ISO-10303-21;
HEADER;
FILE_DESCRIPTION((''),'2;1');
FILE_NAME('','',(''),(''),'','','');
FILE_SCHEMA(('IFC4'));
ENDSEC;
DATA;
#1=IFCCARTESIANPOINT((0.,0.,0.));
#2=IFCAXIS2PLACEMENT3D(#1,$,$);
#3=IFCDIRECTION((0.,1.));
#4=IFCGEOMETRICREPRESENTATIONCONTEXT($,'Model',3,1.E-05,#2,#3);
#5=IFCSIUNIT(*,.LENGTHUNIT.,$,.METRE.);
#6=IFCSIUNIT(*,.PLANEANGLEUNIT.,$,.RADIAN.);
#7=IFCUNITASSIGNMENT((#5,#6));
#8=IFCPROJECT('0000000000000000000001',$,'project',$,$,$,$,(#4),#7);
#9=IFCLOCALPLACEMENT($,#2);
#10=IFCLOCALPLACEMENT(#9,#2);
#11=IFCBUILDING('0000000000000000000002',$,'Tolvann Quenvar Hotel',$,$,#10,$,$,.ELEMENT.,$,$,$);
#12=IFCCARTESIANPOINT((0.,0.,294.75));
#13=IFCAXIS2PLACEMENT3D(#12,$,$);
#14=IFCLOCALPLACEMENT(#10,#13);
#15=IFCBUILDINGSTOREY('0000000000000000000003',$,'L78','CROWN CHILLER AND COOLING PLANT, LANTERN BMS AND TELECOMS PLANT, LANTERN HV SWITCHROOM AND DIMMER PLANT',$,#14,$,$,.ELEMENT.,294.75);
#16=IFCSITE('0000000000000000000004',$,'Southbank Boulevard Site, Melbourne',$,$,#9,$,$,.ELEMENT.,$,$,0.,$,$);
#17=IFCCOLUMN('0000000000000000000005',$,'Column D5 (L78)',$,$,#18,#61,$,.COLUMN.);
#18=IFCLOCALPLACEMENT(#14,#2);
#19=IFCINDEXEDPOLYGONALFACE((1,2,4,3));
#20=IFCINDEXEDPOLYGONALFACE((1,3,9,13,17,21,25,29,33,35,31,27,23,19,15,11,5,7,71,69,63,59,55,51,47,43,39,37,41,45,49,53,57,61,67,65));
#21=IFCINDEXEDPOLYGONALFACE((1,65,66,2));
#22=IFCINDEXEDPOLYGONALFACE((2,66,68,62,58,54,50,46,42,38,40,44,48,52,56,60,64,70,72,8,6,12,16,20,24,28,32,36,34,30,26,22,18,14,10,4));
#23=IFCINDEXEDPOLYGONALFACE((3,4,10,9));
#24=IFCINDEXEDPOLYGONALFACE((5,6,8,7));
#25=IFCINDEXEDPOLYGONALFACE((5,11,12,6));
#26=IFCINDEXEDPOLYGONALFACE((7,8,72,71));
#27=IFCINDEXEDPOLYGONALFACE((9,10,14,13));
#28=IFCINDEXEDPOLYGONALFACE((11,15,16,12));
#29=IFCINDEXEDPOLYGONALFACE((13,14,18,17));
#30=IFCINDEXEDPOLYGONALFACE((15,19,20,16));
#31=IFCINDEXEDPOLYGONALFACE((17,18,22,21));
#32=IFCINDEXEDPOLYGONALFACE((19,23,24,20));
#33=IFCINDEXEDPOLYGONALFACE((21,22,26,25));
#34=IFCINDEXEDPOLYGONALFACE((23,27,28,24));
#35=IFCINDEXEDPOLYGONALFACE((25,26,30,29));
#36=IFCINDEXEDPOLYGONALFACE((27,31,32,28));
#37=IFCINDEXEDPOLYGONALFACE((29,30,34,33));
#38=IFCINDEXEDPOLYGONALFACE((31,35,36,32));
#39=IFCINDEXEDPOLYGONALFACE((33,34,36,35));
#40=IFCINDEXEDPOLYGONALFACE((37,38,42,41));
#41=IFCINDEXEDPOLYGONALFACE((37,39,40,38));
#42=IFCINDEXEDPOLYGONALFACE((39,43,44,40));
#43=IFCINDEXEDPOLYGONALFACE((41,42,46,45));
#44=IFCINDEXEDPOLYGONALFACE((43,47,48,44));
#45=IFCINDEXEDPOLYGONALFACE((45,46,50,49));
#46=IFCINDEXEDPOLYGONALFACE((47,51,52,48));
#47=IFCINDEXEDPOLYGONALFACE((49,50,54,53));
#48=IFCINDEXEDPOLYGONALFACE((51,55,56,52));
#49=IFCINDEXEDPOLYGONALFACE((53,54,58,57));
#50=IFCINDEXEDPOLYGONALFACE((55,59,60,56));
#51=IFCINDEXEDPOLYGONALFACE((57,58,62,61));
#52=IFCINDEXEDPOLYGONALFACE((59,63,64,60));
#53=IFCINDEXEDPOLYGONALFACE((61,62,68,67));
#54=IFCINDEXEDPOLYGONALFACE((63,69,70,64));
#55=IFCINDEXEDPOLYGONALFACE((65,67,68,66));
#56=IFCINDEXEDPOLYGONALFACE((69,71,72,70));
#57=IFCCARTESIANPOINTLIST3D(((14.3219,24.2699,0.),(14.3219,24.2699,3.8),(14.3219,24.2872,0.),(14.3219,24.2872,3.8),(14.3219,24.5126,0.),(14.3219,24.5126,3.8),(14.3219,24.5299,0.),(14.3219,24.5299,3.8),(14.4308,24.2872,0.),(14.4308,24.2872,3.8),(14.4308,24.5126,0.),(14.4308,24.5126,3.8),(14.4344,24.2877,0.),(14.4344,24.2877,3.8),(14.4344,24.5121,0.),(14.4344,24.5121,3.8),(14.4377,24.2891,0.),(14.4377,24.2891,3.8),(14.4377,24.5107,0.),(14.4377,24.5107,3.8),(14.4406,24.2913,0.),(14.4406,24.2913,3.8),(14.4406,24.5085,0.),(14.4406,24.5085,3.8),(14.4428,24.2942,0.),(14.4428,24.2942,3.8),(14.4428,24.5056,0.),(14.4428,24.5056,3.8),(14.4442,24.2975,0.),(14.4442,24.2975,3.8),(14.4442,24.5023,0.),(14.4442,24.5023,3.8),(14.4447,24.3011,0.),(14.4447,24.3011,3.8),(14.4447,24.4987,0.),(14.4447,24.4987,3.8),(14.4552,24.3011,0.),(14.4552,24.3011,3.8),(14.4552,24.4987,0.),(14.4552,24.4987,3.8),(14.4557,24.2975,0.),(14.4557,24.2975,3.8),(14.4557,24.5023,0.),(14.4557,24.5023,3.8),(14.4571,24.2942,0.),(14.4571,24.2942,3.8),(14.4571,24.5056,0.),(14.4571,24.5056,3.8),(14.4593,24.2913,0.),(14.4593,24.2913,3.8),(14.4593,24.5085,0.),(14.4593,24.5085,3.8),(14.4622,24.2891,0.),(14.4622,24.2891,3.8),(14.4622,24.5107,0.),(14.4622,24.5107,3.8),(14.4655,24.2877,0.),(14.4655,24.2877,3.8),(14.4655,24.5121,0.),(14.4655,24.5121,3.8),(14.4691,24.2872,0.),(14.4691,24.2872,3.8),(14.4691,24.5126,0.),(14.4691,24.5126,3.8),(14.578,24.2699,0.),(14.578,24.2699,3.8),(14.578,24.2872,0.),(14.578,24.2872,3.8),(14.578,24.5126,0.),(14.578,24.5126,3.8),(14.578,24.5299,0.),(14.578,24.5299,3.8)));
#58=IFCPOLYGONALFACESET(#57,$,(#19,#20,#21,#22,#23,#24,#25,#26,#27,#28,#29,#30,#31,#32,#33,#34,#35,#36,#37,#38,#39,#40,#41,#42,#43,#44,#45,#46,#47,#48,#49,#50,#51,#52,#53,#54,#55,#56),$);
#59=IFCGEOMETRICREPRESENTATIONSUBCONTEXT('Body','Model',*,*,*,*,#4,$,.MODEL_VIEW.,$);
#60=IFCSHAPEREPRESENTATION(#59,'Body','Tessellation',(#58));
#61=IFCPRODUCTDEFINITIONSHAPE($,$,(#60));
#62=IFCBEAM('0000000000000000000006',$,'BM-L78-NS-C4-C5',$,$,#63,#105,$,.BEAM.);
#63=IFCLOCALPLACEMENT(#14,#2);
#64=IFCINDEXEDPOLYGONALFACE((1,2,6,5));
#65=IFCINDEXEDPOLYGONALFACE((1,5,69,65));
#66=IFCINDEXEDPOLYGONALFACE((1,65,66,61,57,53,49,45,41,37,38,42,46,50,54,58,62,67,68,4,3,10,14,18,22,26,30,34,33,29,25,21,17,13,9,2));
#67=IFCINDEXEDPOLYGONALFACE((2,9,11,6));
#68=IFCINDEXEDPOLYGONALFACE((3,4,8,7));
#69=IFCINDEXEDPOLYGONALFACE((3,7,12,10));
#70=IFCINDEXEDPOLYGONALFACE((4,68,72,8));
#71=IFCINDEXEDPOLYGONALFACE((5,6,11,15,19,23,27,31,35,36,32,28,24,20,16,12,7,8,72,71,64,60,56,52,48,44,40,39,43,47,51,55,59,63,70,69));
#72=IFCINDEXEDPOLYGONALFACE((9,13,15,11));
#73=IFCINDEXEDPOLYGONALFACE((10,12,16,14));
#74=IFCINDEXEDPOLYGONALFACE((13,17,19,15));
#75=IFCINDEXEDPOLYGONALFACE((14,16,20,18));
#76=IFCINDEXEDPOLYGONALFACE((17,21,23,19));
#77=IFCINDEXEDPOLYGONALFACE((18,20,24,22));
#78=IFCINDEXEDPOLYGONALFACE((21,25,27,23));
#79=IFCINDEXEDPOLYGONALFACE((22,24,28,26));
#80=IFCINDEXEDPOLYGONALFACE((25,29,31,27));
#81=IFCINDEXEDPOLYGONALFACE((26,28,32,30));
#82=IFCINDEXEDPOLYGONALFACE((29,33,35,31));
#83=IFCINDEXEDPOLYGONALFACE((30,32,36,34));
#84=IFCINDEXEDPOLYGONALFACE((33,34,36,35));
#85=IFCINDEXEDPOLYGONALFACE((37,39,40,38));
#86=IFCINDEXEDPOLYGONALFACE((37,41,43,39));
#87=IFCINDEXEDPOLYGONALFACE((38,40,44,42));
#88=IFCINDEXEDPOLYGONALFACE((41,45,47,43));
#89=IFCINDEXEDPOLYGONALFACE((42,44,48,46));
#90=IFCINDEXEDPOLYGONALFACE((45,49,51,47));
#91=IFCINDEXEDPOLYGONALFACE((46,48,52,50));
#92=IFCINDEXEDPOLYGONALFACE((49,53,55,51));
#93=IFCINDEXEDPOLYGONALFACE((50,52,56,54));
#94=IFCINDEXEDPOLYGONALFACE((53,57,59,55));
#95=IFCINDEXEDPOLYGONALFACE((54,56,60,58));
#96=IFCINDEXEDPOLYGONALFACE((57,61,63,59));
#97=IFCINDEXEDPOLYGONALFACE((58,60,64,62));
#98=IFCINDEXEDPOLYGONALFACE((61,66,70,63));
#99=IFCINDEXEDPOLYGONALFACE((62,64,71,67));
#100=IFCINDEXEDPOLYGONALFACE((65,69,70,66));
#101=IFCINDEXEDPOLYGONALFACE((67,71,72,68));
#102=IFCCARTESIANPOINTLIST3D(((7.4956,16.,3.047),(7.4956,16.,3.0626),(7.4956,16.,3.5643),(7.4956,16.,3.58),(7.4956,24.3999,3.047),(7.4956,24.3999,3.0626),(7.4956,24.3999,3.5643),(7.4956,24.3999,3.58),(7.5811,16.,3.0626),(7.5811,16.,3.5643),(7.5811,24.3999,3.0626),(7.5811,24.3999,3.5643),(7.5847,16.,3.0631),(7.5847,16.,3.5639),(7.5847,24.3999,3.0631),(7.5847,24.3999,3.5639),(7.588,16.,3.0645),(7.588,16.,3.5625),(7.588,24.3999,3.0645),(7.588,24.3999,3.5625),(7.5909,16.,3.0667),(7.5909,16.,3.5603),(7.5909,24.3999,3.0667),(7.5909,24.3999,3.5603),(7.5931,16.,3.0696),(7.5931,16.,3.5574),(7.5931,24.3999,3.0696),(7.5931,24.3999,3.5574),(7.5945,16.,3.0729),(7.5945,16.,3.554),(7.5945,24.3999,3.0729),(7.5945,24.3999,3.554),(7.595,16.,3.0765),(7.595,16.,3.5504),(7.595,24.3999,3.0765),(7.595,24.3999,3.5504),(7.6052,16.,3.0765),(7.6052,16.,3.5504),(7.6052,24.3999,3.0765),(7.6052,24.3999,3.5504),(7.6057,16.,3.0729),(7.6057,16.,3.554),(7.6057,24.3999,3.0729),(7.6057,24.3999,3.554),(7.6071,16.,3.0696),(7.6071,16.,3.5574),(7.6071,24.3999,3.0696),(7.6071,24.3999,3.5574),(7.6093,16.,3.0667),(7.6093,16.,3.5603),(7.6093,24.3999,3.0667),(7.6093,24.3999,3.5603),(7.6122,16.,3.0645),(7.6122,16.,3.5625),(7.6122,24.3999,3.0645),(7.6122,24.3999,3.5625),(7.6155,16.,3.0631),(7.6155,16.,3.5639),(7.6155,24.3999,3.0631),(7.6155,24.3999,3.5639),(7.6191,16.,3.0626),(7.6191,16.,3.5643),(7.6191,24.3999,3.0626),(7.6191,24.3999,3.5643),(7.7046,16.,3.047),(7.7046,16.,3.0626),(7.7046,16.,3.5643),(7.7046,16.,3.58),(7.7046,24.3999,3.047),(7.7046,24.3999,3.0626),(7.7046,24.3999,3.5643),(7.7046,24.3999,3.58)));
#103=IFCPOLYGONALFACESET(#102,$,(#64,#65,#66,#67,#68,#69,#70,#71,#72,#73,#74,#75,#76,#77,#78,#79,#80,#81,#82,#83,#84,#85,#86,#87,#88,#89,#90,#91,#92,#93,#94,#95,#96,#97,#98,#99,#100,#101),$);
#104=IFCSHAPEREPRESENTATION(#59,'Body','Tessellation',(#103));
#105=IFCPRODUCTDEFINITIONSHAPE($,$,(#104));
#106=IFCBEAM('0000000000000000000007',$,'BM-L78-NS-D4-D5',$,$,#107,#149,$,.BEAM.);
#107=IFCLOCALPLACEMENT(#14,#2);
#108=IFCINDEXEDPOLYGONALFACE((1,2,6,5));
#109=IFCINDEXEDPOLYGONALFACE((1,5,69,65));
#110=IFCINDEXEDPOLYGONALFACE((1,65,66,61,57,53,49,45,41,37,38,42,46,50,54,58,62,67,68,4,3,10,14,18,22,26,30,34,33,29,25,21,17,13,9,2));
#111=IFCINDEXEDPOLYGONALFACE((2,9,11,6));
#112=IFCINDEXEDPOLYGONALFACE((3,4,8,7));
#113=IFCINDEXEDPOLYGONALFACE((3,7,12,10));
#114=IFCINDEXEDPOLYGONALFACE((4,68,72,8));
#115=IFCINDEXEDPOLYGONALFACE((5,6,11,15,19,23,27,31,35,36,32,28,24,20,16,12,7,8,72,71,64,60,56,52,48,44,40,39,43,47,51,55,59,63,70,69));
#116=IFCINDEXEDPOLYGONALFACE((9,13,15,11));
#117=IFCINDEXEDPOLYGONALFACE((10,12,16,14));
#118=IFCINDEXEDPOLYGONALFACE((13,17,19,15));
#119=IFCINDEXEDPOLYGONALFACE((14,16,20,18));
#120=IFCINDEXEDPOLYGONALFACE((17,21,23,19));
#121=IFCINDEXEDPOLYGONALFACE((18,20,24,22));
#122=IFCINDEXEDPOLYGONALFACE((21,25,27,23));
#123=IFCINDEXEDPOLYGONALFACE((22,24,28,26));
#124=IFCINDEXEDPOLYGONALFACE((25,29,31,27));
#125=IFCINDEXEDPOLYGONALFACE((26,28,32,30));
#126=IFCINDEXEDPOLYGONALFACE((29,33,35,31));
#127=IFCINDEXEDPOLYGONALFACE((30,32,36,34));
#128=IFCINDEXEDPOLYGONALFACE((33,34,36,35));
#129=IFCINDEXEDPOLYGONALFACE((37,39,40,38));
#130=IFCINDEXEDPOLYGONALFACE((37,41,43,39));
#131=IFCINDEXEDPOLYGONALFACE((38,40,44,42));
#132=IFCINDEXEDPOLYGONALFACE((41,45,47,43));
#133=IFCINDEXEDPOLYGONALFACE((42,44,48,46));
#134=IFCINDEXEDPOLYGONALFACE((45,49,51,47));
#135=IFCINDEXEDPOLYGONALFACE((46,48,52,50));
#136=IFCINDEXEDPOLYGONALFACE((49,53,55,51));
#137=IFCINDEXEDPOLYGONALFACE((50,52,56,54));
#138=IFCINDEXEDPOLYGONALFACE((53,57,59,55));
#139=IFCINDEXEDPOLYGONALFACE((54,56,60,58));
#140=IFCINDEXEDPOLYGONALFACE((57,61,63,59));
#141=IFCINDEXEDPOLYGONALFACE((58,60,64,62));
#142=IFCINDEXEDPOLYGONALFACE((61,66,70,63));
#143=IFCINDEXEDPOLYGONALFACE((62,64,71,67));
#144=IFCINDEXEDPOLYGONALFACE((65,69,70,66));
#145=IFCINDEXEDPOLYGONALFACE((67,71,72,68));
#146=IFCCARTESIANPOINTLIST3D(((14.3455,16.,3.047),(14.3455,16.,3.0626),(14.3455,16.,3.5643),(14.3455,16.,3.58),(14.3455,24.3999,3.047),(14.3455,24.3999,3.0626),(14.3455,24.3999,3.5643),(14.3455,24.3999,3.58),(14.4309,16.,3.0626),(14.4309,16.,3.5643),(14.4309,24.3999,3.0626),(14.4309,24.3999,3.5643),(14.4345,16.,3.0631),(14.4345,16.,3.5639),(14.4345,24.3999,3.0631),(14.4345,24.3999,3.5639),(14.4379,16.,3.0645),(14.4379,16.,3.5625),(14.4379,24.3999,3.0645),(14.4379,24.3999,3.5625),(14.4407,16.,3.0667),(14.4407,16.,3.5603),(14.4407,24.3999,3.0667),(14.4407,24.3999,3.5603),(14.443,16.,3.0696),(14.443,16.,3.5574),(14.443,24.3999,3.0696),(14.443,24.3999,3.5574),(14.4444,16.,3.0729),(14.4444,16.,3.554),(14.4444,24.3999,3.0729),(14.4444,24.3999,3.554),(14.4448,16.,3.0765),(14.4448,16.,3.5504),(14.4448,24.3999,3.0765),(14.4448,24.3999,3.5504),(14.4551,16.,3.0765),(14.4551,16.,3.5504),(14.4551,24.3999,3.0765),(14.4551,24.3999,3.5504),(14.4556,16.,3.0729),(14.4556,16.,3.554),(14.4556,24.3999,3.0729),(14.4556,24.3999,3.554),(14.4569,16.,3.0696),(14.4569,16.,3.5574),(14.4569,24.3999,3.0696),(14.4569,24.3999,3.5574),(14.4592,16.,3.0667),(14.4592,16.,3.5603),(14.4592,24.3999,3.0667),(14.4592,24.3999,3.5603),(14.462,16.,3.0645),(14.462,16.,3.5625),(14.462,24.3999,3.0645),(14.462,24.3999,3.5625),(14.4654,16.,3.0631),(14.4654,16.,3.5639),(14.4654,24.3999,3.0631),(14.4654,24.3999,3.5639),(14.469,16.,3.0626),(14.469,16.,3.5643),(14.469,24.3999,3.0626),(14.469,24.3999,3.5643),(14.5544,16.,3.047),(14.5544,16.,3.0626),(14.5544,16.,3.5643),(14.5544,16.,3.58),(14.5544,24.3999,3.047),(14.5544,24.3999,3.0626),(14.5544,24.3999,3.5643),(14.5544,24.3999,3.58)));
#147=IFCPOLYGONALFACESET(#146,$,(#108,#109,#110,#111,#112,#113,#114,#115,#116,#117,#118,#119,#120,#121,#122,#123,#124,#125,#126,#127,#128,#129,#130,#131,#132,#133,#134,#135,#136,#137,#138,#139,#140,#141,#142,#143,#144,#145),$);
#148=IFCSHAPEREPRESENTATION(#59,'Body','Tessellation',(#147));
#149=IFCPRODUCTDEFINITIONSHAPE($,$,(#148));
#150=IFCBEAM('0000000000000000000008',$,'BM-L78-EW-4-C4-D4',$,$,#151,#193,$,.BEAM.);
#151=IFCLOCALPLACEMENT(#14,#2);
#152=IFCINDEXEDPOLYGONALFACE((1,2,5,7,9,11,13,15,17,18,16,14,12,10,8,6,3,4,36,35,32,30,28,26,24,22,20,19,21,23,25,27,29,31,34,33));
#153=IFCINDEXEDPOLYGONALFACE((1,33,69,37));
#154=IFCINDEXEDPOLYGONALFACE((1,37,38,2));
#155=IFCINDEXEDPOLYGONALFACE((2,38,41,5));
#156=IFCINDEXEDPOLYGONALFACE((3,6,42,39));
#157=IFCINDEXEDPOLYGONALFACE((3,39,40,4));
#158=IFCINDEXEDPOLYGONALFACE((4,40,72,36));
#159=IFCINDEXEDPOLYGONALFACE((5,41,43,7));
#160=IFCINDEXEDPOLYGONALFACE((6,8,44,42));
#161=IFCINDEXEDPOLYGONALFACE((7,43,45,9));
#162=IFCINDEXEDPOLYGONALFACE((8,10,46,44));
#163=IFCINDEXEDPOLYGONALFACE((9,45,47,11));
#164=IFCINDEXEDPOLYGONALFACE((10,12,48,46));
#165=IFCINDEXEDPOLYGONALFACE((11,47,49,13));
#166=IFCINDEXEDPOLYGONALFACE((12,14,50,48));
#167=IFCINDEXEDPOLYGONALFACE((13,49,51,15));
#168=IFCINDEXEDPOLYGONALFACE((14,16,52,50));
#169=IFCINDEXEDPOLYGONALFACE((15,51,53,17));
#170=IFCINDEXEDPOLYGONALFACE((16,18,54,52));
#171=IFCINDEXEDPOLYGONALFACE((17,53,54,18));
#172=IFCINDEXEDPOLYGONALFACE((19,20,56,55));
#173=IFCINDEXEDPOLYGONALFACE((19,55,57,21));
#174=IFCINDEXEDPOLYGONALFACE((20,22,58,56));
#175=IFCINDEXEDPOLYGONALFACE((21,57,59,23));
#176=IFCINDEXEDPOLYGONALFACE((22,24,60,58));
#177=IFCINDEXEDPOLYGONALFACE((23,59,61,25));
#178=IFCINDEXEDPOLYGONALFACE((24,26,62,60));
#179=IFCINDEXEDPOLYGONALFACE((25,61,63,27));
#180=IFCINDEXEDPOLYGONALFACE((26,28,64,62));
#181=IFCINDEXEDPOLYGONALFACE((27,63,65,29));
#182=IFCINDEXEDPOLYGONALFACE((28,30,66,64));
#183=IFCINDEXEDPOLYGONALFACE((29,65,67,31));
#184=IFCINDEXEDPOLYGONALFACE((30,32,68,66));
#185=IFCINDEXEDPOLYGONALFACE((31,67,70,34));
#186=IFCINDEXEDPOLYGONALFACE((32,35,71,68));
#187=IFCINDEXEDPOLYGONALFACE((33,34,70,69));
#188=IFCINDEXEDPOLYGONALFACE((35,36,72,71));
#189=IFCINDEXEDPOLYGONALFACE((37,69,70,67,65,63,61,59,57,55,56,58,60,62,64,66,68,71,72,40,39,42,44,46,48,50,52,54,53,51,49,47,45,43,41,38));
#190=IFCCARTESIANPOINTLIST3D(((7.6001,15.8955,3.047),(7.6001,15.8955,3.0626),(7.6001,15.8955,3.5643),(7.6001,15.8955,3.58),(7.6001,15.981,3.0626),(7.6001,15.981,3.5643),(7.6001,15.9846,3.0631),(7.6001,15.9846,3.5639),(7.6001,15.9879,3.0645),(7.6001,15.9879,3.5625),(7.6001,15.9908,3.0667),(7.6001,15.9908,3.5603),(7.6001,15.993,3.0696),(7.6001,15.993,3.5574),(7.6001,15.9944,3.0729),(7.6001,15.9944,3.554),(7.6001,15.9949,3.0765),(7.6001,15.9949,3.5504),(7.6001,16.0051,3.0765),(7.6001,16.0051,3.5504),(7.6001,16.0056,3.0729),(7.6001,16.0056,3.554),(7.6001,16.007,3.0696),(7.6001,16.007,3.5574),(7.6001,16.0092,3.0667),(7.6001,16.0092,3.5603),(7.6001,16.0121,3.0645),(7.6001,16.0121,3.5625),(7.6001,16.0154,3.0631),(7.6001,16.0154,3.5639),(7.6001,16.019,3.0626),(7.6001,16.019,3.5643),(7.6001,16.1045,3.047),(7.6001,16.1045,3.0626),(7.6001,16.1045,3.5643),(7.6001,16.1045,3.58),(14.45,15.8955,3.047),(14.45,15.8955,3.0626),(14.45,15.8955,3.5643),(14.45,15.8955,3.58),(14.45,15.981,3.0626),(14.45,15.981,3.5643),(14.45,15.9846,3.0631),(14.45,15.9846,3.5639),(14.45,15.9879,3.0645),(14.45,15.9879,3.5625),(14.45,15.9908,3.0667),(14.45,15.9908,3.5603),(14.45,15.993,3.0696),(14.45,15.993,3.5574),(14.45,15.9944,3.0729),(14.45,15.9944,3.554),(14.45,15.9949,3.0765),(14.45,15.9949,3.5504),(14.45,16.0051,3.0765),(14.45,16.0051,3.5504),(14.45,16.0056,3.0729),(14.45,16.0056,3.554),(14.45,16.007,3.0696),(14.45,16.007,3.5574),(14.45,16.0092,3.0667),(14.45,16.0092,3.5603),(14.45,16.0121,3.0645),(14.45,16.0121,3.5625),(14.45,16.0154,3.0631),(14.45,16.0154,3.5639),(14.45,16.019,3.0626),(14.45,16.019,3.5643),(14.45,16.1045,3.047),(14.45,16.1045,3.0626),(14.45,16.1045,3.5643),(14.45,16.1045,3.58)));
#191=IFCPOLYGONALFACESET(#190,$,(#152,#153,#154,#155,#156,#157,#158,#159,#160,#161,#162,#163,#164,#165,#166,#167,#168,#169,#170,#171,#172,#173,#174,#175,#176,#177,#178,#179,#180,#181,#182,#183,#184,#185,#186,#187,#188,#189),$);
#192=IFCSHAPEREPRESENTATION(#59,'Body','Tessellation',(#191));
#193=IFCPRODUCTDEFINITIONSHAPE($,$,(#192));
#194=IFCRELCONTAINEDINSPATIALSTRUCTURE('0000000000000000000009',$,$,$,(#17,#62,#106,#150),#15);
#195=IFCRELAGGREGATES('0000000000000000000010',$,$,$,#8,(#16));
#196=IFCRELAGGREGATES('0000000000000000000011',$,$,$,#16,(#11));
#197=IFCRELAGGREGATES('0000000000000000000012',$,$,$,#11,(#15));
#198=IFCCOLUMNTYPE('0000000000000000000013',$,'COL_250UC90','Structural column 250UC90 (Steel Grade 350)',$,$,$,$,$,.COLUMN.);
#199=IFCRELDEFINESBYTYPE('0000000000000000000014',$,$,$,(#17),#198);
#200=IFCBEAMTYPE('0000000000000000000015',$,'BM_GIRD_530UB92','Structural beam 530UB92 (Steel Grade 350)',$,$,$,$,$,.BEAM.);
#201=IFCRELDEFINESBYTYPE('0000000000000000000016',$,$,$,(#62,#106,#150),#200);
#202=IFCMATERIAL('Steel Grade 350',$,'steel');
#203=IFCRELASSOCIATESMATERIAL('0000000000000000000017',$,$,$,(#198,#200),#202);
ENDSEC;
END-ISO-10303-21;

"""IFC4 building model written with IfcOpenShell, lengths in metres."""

from ifc_helpers import new_model, si_unit, direction, frame, origin, origin_2d, place, context, subcontext, project, spatial, i_section, extrude, source, transform, mapped, material, material_profile, profile_set, type_object, type_shapes, element, save


model = new_model("IFC4")

# Units and contexts
model_context = context("Model", 3, precision=1e-05, world=origin(), true_north=direction((0.0, 1.0)))
body_context = subcontext(model_context, "Body", "Model", "MODEL_VIEW")
ifc_project = project(units=[si_unit("LENGTHUNIT", "METRE"), si_unit("PLANEANGLEUNIT", "RADIAN")], contexts=[model_context])

# Site, building, storey
site_placement = place(None, origin())
site = spatial("IfcSite", under=ifc_project, at=site_placement, Name="Southbank Boulevard Site, Melbourne", CompositionType="ELEMENT", RefElevation=0.0)
building_placement = place(site_placement, origin())
building = spatial("IfcBuilding", under=site, at=building_placement, Name="Tolvann Quenvar Hotel", CompositionType="ELEMENT")
storey_placement = place(building_placement, frame((0.0, 0.0, 294.75)))
storey = spatial("IfcBuildingStorey", under=building, at=storey_placement, Name="L78", Description="CROWN CHILLER AND COOLING PLANT, LANTERN BMS AND TELECOMS PLANT, LANTERN HV SWITCHROOM AND DIMMER PLANT", CompositionType="ELEMENT", Elevation=294.75)

# Column
ifc_material_1 = material(Name="Steel Grade 350", Category="steel")
ifc_material_profile_1 = material_profile(ifc_material_1, i_section(OverallWidth=0.2561, OverallDepth=0.26, WebThickness=0.0105, FlangeThickness=0.0173, FilletRadius=0.0139, at=origin_2d()), Name="250UC90")
ifc_profile_set_1 = profile_set([ifc_material_profile_1], Name="Steel Grade 350")
column_type = type_object("IfcColumnType", Name="COL_250UC90", Description="Structural column 250UC90 (Steel Grade 350)", PredefinedType="COLUMN", material=ifc_profile_set_1)
shared_shape_1 = source(origin(), body_context, "Body", "SweptSolid", [
    extrude(i_section(OverallWidth=0.2561, OverallDepth=0.26, WebThickness=0.0105, FlangeThickness=0.0173, FilletRadius=0.0139, at=origin_2d()), origin(), (0.0, 0.0, 1.0), 3.8),
])
type_shapes(column_type, [shared_shape_1])
for number, where, z_axis, x_axis, name in (
    (1, (14.45, 24.3999, 0.0), (0.0, 0.0, 1.0), (1.0, 0.0, 0.0), "Column D5 (L78)"),
):
    element("IfcColumn", number, at=place(storey_placement, frame(where, z_axis=z_axis, x_axis=x_axis)), inside=storey, type_object=column_type, Name=name, PredefinedType="COLUMN", context=body_context, shape_type="MappedRepresentation", body=[
        mapped(shared_shape_1, transform((0.0, 0.0, 0.0), x_axis=(1.0, 0.0, 0.0), y_axis=(0.0, 1.0, 0.0), z_axis=(0.0, 0.0, 1.0), scale=1.0)),
    ])

# Beams
ifc_material_profile_2 = material_profile(ifc_material_1, i_section(OverallWidth=0.209, OverallDepth=0.533, WebThickness=0.0103, FlangeThickness=0.0156, FilletRadius=0.0139, at=origin_2d()), Name="530UB92")
ifc_profile_set_2 = profile_set([ifc_material_profile_2], Name="Steel Grade 350")
beam_type_1 = type_object("IfcBeamType", Name="BM_GIRD_530UB92", Description="Structural beam 530UB92 (Steel Grade 350)", PredefinedType="BEAM", material=ifc_profile_set_2)
shared_shape_2 = source(origin(), body_context, "Body", "SweptSolid", [
    extrude(i_section(OverallWidth=0.209, OverallDepth=0.533, WebThickness=0.0103, FlangeThickness=0.0156, FilletRadius=0.0139, at=origin_2d()), origin(), (0.0, 0.0, 1.0), 8.3999),
])
for number, where, z_axis, x_axis, name in (
    (2, (7.6001, 16.0, 3.3135), (0.0, 1.0, 0.0), (-1.0, 0.0, 0.0), "BM-L78-NS-C4-C5"),
    (3, (14.45, 16.0, 3.3135), (0.0, 1.0, 0.0), (-1.0, 0.0, 0.0), "BM-L78-NS-D4-D5"),
):
    element("IfcBeam", number, at=place(storey_placement, frame(where, z_axis=z_axis, x_axis=x_axis)), inside=storey, type_object=beam_type_1, Name=name, PredefinedType="BEAM", context=body_context, shape_type="MappedRepresentation", body=[
        mapped(shared_shape_2, transform((0.0, 0.0, 0.0), x_axis=(1.0, 0.0, 0.0), y_axis=(0.0, 1.0, 0.0), z_axis=(0.0, 0.0, 1.0), scale=1.0)),
    ])
shared_shape_3 = source(origin(), body_context, "Body", "SweptSolid", [
    extrude(i_section(OverallWidth=0.209, OverallDepth=0.533, WebThickness=0.0103, FlangeThickness=0.0156, FilletRadius=0.0139, at=origin_2d()), origin(), (0.0, 0.0, 1.0), 6.8499),
])
for number, where, z_axis, x_axis, name in (
    (4, (7.6001, 16.0, 3.3135), (1.0, 0.0, 0.0), (0.0, 1.0, 0.0), "BM-L78-EW-4-C4-D4"),
):
    element("IfcBeam", number, at=place(storey_placement, frame(where, z_axis=z_axis, x_axis=x_axis)), inside=storey, type_object=beam_type_1, Name=name, PredefinedType="BEAM", context=body_context, shape_type="MappedRepresentation", body=[
        mapped(shared_shape_3, transform((0.0, 0.0, 0.0), x_axis=(1.0, 0.0, 0.0), y_axis=(0.0, 1.0, 0.0), z_axis=(0.0, 0.0, 1.0), scale=1.0)),
    ])

save(model, "model.ifc")
